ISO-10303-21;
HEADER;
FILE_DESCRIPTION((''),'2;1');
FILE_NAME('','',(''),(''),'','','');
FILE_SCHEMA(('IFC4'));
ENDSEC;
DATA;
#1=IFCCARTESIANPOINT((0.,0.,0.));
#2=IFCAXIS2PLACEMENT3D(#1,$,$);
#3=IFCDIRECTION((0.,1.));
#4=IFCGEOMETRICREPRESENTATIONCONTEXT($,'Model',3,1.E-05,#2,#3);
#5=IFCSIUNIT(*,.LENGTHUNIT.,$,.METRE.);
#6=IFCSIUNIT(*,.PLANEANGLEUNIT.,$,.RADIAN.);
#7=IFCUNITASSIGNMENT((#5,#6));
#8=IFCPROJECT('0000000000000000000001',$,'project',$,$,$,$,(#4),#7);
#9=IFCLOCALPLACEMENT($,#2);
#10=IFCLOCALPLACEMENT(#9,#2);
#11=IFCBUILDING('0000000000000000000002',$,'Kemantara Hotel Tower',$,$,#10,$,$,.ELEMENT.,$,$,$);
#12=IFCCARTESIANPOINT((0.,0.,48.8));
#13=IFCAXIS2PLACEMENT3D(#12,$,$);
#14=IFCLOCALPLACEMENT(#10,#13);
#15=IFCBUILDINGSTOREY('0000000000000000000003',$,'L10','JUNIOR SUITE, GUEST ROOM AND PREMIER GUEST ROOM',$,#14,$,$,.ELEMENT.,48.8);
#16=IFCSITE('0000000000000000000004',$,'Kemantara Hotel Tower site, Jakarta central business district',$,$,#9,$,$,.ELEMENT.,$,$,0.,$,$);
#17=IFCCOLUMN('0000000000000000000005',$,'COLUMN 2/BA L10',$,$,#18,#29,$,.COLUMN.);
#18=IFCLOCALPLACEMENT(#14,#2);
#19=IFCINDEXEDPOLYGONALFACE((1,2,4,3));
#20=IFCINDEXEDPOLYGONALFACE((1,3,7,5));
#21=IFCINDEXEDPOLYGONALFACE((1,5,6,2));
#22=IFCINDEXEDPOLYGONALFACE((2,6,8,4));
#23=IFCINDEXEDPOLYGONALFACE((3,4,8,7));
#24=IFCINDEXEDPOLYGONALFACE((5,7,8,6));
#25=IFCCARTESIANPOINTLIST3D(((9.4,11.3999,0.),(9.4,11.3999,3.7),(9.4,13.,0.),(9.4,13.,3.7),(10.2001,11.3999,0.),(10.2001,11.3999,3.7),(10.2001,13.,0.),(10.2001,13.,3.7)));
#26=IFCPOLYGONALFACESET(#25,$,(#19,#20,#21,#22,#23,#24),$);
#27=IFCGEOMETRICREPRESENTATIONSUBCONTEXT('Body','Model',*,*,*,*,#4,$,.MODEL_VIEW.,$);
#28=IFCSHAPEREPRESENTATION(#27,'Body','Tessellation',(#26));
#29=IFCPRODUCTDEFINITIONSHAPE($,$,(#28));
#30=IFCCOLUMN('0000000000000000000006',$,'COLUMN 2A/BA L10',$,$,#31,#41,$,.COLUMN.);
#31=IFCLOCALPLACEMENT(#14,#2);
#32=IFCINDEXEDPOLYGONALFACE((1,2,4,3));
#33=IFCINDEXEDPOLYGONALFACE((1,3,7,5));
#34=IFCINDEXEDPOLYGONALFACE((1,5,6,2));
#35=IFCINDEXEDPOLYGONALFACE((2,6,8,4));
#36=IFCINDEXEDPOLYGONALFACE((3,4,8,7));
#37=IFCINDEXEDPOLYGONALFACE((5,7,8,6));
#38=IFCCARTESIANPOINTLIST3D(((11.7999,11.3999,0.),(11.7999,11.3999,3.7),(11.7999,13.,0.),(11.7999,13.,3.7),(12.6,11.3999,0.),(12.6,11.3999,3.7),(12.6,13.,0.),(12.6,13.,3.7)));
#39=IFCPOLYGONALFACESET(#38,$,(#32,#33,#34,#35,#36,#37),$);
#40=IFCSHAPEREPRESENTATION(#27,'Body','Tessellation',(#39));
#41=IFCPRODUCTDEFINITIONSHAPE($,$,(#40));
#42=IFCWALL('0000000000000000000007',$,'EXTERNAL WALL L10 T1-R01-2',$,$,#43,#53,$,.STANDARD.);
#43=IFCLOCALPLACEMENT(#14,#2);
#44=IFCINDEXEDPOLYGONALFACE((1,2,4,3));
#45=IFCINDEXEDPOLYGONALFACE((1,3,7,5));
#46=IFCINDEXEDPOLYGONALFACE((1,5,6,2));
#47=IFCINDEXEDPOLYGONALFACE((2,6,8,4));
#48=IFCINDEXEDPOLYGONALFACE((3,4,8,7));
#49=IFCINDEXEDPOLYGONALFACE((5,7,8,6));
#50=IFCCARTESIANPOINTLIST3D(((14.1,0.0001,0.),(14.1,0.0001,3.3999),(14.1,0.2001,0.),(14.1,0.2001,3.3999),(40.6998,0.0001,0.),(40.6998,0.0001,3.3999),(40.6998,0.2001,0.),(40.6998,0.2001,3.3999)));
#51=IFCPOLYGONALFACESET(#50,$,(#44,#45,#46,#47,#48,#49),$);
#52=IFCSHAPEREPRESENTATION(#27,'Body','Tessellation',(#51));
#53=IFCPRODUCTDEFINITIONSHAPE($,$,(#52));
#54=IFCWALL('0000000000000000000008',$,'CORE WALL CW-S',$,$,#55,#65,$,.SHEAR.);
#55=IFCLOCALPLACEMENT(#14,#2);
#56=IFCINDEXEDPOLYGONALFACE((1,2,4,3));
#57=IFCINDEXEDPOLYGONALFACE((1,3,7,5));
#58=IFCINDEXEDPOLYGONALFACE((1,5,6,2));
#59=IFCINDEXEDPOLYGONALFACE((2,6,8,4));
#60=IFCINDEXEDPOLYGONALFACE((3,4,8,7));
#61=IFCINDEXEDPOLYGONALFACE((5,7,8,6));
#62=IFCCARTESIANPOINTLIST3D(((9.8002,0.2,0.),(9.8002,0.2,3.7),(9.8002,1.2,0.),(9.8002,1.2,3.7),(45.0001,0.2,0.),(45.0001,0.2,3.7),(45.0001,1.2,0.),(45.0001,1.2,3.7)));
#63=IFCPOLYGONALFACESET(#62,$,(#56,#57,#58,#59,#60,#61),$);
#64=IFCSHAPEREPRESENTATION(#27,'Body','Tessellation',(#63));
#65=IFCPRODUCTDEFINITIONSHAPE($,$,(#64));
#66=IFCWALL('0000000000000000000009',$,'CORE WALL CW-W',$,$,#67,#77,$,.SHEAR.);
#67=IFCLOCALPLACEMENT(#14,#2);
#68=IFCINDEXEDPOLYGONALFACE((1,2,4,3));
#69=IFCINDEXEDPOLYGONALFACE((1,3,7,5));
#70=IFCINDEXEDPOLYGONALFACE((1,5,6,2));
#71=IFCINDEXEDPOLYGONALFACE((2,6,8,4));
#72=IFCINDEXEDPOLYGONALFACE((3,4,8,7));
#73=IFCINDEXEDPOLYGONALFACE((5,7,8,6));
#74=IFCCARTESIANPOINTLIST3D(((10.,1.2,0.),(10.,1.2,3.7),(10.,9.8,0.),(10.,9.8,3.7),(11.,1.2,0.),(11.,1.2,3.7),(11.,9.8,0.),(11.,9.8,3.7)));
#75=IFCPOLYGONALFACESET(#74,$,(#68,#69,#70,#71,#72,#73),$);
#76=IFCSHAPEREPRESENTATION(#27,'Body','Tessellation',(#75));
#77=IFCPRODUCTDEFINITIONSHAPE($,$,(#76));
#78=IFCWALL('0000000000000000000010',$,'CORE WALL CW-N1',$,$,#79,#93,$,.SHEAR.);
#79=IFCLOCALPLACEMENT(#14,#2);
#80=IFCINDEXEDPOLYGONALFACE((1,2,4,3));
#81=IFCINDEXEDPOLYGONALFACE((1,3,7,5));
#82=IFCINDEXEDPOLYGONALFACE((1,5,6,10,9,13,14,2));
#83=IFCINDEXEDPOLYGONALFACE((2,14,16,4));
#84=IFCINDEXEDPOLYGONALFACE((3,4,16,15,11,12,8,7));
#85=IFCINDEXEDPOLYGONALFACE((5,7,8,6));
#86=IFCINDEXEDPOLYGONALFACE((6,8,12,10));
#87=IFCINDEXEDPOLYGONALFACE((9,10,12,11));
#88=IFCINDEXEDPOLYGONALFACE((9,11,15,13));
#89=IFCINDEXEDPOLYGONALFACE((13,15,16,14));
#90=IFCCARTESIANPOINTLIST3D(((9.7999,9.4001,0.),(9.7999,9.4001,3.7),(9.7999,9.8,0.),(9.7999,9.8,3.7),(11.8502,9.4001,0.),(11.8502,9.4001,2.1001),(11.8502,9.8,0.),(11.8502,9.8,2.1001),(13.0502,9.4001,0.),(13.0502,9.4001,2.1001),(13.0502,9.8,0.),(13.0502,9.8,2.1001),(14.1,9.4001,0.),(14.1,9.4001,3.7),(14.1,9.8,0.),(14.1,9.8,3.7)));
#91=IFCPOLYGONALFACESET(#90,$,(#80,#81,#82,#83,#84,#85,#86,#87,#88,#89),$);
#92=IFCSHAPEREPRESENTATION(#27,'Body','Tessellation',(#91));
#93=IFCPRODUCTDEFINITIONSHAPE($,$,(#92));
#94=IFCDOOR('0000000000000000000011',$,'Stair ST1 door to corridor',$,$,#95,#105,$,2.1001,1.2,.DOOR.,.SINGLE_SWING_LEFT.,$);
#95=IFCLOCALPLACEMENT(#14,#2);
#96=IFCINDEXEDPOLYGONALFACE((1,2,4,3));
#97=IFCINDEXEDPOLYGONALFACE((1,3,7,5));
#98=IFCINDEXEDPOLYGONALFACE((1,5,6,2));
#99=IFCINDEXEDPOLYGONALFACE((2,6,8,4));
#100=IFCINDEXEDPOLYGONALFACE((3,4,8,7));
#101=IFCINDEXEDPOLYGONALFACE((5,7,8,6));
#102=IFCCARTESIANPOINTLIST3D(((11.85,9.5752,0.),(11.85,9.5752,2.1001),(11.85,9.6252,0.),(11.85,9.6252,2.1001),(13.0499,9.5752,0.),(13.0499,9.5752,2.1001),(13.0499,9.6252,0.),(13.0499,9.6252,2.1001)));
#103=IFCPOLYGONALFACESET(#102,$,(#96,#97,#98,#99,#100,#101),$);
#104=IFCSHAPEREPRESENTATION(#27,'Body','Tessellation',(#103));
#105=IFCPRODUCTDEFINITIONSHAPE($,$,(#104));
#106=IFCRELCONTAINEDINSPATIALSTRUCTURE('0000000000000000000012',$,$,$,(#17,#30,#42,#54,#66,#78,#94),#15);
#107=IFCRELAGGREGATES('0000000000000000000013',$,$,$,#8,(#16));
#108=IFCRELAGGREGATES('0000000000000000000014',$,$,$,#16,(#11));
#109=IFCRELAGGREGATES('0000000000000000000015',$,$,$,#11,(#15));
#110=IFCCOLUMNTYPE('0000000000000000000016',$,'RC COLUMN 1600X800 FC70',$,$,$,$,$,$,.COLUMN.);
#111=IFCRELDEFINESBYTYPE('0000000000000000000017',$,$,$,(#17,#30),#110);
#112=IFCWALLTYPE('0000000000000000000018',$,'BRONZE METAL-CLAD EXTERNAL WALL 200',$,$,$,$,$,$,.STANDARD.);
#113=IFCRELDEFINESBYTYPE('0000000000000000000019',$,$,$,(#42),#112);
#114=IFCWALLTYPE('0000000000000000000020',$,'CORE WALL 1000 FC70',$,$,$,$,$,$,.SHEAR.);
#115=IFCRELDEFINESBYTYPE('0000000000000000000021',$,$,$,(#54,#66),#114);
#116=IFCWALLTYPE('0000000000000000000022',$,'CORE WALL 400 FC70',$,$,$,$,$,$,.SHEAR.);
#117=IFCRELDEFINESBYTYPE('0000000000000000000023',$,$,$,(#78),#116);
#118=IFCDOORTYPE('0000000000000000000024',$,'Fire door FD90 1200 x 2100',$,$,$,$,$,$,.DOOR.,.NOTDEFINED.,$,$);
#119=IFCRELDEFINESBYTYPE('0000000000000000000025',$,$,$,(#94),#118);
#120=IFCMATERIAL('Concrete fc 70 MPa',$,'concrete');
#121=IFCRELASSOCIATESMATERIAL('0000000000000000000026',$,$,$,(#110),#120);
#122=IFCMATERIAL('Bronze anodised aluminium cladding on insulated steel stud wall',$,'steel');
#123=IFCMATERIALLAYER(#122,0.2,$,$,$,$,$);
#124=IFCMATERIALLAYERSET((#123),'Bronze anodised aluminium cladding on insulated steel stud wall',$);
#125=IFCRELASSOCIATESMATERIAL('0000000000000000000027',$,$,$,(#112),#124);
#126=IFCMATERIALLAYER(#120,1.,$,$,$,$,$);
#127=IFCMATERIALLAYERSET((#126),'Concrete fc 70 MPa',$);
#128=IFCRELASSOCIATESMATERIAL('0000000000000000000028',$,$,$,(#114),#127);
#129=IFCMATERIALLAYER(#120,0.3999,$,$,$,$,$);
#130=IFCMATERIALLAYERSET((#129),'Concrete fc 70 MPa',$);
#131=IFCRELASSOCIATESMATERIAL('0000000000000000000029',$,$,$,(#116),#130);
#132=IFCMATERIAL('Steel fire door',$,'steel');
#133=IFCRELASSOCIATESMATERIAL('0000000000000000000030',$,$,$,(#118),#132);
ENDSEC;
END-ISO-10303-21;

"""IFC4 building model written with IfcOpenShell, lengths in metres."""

from ifc_helpers import new_model, si_unit, direction, frame, frame_2d, origin, origin_2d, place, context, subcontext, project, spatial, rectangle, extrude, material, layer, layer_set, material_profile, profile_set, type_object, element, fill, save


model = new_model("IFC4")

# Units and contexts
model_context = context("Model", 3, precision=1e-05, world=origin(), true_north=direction((0.0, 1.0)))
body_context = subcontext(model_context, "Body", "Model", "MODEL_VIEW")
ifc_project = project(units=[si_unit("LENGTHUNIT", "METRE"), si_unit("PLANEANGLEUNIT", "RADIAN")], contexts=[model_context])

# Site, building, storey
site_placement = place(None, origin())
site = spatial("IfcSite", under=ifc_project, at=site_placement, Name="Kemantara Hotel Tower site, Jakarta central business district", CompositionType="ELEMENT", RefElevation=0.0)
building_placement = place(site_placement, origin())
building = spatial("IfcBuilding", under=site, at=building_placement, Name="Kemantara Hotel Tower", CompositionType="ELEMENT")
storey_placement = place(building_placement, frame((0.0, 0.0, 48.8)))
storey = spatial("IfcBuildingStorey", under=building, at=storey_placement, Name="L10", Description="JUNIOR SUITE, GUEST ROOM AND PREMIER GUEST ROOM", CompositionType="ELEMENT", Elevation=48.8)

# Columns
ifc_material_1 = material(Name="Concrete fc 70 MPa", Category="concrete")
ifc_material_profile = material_profile(ifc_material_1, rectangle(XDim=1.6001, YDim=0.8, at=origin_2d()), Name="RC 1600X800")
ifc_profile_set = profile_set([ifc_material_profile], Name="Concrete fc 70 MPa")
column_type = type_object("IfcColumnType", Name="RC COLUMN 1600X800 FC70", PredefinedType="COLUMN", material=ifc_profile_set)
for number, where, z_axis, x_axis, name in (
    (1, (9.8, 12.2, 0.0), (0.0, 0.0, 1.0), (0.0, 1.0, 0.0), "COLUMN 2/BA L10"),
    (2, (12.2, 12.2, 0.0), (0.0, 0.0, 1.0), (0.0, 1.0, 0.0), "COLUMN 2A/BA L10"),
):
    element("IfcColumn", number, at=place(storey_placement, frame(where, z_axis=z_axis, x_axis=x_axis)), inside=storey, type_object=column_type, Name=name, PredefinedType="COLUMN", context=body_context, shape_type="SweptSolid", body=[
        extrude(rectangle(XDim=1.6001, YDim=0.8, at=origin_2d()), origin(), (0.0, 0.0, 1.0), 3.7),
    ])

# Walls
ifc_material_2 = material(Name="Bronze anodised aluminium cladding on insulated steel stud wall", Category="steel")
ifc_layer_1 = layer(ifc_material_2, 0.2)
ifc_layer_set_1 = layer_set([ifc_layer_1], Name="Bronze anodised aluminium cladding on insulated steel stud wall")
wall_type_1 = type_object("IfcWallType", Name="BRONZE METAL-CLAD EXTERNAL WALL 200", PredefinedType="STANDARD", material=ifc_layer_set_1)
wall_1_placement = place(storey_placement, frame((14.1001, 0.1001, 0.0), z_axis=(0.0, 0.0, 1.0), x_axis=(1.0, 0.0, 0.0)))
element("IfcWall", 3, at=wall_1_placement, inside=storey, type_object=wall_type_1, Name="EXTERNAL WALL L10 T1-R01-2", PredefinedType="STANDARD", context=body_context, shape_type="SweptSolid", body=[
    extrude(rectangle(XDim=26.5999, YDim=0.2, at=frame_2d((13.2998, 0.0))), origin(), (0.0, 0.0, 1.0), 3.3999),
])
ifc_layer_2 = layer(ifc_material_1, 1.0)
ifc_layer_set_2 = layer_set([ifc_layer_2], Name="Concrete fc 70 MPa")
wall_type_2 = type_object("IfcWallType", Name="CORE WALL 1000 FC70", PredefinedType="SHEAR", material=ifc_layer_set_2)
wall_2_placement = place(storey_placement, frame((9.8, 0.7, 0.0), z_axis=(0.0, 0.0, 1.0), x_axis=(1.0, 0.0, 0.0)))
element("IfcWall", 4, at=wall_2_placement, inside=storey, type_object=wall_type_2, Name="CORE WALL CW-S", PredefinedType="SHEAR", context=body_context, shape_type="SweptSolid", body=[
    extrude(rectangle(XDim=35.2, YDim=1.0, at=frame_2d((17.6001, 0.0))), origin(), (0.0, 0.0, 1.0), 3.7),
])
wall_3_placement = place(storey_placement, frame((10.5, 1.2, 0.0), z_axis=(0.0, 0.0, 1.0), x_axis=(0.0, 1.0, 0.0)))
element("IfcWall", 5, at=wall_3_placement, inside=storey, type_object=wall_type_2, Name="CORE WALL CW-W", PredefinedType="SHEAR", context=body_context, shape_type="SweptSolid", body=[
    extrude(rectangle(XDim=8.6001, YDim=1.0, at=frame_2d((4.3, 0.0))), origin(), (0.0, 0.0, 1.0), 3.7),
])

# Wall, opening, door
ifc_layer_3 = layer(ifc_material_1, 0.3999)
ifc_layer_set_3 = layer_set([ifc_layer_3], Name="Concrete fc 70 MPa")
wall_type_3 = type_object("IfcWallType", Name="CORE WALL 400 FC70", PredefinedType="SHEAR", material=ifc_layer_set_3)
wall_4_placement = place(storey_placement, frame((9.8, 9.6001, 0.0), z_axis=(0.0, 0.0, 1.0), x_axis=(1.0, 0.0, 0.0)))
wall_4 = element("IfcWall", 6, at=wall_4_placement, inside=storey, type_object=wall_type_3, Name="CORE WALL CW-N1", PredefinedType="SHEAR", context=body_context, shape_type="SweptSolid", body=[
    extrude(rectangle(XDim=4.3, YDim=0.3999, at=frame_2d((2.1499, 0.0))), origin(), (0.0, 0.0, 1.0), 3.7),
])
opening_1_placement = place(wall_4_placement, frame((2.05, 0.0, 0.0)))
opening_1 = element("IfcOpeningElement", 7, at=opening_1_placement, cuts=wall_4, PredefinedType="OPENING", context=body_context, shape_type="SweptSolid", body=[
    extrude(rectangle(XDim=1.2, YDim=2.1001, at=frame_2d((0.6001, 1.05))), frame((0.0, 0.21, 0.0), z_axis=(0.0, -1.0, 0.0), x_axis=(1.0, 0.0, 0.0)), (0.0, 0.0, 1.0), 0.4199),
])
ifc_material_3 = material(Name="Steel fire door", Category="steel")
door_type_1 = type_object("IfcDoorType", Name="Fire door FD90 1200 x 2100", OperationType="NOTDEFINED", PredefinedType="DOOR", material=ifc_material_3)
door_1_placement = place(opening_1_placement, frame((1.2, 0.0, 0.0), z_axis=(0.0, 0.0, 1.0), x_axis=(-1.0, 0.0, 0.0)))
door_1 = element("IfcDoor", 8, at=door_1_placement, inside=storey, type_object=door_type_1, Name="Stair ST1 door to corridor", OperationType="SINGLE_SWING_LEFT", OverallHeight=2.1001, OverallWidth=1.2, PredefinedType="DOOR", context=body_context, shape_type="SweptSolid", body=[
    extrude(rectangle(XDim=1.2, YDim=2.1001, at=frame_2d((0.6001, 1.05))), frame((0.0, 0.0249, 0.0), z_axis=(0.0, -1.0, 0.0), x_axis=(1.0, 0.0, 0.0)), (0.0, 0.0, 1.0), 0.05),
])
fill(opening_1, door_1)

save(model, "model.ifc")
